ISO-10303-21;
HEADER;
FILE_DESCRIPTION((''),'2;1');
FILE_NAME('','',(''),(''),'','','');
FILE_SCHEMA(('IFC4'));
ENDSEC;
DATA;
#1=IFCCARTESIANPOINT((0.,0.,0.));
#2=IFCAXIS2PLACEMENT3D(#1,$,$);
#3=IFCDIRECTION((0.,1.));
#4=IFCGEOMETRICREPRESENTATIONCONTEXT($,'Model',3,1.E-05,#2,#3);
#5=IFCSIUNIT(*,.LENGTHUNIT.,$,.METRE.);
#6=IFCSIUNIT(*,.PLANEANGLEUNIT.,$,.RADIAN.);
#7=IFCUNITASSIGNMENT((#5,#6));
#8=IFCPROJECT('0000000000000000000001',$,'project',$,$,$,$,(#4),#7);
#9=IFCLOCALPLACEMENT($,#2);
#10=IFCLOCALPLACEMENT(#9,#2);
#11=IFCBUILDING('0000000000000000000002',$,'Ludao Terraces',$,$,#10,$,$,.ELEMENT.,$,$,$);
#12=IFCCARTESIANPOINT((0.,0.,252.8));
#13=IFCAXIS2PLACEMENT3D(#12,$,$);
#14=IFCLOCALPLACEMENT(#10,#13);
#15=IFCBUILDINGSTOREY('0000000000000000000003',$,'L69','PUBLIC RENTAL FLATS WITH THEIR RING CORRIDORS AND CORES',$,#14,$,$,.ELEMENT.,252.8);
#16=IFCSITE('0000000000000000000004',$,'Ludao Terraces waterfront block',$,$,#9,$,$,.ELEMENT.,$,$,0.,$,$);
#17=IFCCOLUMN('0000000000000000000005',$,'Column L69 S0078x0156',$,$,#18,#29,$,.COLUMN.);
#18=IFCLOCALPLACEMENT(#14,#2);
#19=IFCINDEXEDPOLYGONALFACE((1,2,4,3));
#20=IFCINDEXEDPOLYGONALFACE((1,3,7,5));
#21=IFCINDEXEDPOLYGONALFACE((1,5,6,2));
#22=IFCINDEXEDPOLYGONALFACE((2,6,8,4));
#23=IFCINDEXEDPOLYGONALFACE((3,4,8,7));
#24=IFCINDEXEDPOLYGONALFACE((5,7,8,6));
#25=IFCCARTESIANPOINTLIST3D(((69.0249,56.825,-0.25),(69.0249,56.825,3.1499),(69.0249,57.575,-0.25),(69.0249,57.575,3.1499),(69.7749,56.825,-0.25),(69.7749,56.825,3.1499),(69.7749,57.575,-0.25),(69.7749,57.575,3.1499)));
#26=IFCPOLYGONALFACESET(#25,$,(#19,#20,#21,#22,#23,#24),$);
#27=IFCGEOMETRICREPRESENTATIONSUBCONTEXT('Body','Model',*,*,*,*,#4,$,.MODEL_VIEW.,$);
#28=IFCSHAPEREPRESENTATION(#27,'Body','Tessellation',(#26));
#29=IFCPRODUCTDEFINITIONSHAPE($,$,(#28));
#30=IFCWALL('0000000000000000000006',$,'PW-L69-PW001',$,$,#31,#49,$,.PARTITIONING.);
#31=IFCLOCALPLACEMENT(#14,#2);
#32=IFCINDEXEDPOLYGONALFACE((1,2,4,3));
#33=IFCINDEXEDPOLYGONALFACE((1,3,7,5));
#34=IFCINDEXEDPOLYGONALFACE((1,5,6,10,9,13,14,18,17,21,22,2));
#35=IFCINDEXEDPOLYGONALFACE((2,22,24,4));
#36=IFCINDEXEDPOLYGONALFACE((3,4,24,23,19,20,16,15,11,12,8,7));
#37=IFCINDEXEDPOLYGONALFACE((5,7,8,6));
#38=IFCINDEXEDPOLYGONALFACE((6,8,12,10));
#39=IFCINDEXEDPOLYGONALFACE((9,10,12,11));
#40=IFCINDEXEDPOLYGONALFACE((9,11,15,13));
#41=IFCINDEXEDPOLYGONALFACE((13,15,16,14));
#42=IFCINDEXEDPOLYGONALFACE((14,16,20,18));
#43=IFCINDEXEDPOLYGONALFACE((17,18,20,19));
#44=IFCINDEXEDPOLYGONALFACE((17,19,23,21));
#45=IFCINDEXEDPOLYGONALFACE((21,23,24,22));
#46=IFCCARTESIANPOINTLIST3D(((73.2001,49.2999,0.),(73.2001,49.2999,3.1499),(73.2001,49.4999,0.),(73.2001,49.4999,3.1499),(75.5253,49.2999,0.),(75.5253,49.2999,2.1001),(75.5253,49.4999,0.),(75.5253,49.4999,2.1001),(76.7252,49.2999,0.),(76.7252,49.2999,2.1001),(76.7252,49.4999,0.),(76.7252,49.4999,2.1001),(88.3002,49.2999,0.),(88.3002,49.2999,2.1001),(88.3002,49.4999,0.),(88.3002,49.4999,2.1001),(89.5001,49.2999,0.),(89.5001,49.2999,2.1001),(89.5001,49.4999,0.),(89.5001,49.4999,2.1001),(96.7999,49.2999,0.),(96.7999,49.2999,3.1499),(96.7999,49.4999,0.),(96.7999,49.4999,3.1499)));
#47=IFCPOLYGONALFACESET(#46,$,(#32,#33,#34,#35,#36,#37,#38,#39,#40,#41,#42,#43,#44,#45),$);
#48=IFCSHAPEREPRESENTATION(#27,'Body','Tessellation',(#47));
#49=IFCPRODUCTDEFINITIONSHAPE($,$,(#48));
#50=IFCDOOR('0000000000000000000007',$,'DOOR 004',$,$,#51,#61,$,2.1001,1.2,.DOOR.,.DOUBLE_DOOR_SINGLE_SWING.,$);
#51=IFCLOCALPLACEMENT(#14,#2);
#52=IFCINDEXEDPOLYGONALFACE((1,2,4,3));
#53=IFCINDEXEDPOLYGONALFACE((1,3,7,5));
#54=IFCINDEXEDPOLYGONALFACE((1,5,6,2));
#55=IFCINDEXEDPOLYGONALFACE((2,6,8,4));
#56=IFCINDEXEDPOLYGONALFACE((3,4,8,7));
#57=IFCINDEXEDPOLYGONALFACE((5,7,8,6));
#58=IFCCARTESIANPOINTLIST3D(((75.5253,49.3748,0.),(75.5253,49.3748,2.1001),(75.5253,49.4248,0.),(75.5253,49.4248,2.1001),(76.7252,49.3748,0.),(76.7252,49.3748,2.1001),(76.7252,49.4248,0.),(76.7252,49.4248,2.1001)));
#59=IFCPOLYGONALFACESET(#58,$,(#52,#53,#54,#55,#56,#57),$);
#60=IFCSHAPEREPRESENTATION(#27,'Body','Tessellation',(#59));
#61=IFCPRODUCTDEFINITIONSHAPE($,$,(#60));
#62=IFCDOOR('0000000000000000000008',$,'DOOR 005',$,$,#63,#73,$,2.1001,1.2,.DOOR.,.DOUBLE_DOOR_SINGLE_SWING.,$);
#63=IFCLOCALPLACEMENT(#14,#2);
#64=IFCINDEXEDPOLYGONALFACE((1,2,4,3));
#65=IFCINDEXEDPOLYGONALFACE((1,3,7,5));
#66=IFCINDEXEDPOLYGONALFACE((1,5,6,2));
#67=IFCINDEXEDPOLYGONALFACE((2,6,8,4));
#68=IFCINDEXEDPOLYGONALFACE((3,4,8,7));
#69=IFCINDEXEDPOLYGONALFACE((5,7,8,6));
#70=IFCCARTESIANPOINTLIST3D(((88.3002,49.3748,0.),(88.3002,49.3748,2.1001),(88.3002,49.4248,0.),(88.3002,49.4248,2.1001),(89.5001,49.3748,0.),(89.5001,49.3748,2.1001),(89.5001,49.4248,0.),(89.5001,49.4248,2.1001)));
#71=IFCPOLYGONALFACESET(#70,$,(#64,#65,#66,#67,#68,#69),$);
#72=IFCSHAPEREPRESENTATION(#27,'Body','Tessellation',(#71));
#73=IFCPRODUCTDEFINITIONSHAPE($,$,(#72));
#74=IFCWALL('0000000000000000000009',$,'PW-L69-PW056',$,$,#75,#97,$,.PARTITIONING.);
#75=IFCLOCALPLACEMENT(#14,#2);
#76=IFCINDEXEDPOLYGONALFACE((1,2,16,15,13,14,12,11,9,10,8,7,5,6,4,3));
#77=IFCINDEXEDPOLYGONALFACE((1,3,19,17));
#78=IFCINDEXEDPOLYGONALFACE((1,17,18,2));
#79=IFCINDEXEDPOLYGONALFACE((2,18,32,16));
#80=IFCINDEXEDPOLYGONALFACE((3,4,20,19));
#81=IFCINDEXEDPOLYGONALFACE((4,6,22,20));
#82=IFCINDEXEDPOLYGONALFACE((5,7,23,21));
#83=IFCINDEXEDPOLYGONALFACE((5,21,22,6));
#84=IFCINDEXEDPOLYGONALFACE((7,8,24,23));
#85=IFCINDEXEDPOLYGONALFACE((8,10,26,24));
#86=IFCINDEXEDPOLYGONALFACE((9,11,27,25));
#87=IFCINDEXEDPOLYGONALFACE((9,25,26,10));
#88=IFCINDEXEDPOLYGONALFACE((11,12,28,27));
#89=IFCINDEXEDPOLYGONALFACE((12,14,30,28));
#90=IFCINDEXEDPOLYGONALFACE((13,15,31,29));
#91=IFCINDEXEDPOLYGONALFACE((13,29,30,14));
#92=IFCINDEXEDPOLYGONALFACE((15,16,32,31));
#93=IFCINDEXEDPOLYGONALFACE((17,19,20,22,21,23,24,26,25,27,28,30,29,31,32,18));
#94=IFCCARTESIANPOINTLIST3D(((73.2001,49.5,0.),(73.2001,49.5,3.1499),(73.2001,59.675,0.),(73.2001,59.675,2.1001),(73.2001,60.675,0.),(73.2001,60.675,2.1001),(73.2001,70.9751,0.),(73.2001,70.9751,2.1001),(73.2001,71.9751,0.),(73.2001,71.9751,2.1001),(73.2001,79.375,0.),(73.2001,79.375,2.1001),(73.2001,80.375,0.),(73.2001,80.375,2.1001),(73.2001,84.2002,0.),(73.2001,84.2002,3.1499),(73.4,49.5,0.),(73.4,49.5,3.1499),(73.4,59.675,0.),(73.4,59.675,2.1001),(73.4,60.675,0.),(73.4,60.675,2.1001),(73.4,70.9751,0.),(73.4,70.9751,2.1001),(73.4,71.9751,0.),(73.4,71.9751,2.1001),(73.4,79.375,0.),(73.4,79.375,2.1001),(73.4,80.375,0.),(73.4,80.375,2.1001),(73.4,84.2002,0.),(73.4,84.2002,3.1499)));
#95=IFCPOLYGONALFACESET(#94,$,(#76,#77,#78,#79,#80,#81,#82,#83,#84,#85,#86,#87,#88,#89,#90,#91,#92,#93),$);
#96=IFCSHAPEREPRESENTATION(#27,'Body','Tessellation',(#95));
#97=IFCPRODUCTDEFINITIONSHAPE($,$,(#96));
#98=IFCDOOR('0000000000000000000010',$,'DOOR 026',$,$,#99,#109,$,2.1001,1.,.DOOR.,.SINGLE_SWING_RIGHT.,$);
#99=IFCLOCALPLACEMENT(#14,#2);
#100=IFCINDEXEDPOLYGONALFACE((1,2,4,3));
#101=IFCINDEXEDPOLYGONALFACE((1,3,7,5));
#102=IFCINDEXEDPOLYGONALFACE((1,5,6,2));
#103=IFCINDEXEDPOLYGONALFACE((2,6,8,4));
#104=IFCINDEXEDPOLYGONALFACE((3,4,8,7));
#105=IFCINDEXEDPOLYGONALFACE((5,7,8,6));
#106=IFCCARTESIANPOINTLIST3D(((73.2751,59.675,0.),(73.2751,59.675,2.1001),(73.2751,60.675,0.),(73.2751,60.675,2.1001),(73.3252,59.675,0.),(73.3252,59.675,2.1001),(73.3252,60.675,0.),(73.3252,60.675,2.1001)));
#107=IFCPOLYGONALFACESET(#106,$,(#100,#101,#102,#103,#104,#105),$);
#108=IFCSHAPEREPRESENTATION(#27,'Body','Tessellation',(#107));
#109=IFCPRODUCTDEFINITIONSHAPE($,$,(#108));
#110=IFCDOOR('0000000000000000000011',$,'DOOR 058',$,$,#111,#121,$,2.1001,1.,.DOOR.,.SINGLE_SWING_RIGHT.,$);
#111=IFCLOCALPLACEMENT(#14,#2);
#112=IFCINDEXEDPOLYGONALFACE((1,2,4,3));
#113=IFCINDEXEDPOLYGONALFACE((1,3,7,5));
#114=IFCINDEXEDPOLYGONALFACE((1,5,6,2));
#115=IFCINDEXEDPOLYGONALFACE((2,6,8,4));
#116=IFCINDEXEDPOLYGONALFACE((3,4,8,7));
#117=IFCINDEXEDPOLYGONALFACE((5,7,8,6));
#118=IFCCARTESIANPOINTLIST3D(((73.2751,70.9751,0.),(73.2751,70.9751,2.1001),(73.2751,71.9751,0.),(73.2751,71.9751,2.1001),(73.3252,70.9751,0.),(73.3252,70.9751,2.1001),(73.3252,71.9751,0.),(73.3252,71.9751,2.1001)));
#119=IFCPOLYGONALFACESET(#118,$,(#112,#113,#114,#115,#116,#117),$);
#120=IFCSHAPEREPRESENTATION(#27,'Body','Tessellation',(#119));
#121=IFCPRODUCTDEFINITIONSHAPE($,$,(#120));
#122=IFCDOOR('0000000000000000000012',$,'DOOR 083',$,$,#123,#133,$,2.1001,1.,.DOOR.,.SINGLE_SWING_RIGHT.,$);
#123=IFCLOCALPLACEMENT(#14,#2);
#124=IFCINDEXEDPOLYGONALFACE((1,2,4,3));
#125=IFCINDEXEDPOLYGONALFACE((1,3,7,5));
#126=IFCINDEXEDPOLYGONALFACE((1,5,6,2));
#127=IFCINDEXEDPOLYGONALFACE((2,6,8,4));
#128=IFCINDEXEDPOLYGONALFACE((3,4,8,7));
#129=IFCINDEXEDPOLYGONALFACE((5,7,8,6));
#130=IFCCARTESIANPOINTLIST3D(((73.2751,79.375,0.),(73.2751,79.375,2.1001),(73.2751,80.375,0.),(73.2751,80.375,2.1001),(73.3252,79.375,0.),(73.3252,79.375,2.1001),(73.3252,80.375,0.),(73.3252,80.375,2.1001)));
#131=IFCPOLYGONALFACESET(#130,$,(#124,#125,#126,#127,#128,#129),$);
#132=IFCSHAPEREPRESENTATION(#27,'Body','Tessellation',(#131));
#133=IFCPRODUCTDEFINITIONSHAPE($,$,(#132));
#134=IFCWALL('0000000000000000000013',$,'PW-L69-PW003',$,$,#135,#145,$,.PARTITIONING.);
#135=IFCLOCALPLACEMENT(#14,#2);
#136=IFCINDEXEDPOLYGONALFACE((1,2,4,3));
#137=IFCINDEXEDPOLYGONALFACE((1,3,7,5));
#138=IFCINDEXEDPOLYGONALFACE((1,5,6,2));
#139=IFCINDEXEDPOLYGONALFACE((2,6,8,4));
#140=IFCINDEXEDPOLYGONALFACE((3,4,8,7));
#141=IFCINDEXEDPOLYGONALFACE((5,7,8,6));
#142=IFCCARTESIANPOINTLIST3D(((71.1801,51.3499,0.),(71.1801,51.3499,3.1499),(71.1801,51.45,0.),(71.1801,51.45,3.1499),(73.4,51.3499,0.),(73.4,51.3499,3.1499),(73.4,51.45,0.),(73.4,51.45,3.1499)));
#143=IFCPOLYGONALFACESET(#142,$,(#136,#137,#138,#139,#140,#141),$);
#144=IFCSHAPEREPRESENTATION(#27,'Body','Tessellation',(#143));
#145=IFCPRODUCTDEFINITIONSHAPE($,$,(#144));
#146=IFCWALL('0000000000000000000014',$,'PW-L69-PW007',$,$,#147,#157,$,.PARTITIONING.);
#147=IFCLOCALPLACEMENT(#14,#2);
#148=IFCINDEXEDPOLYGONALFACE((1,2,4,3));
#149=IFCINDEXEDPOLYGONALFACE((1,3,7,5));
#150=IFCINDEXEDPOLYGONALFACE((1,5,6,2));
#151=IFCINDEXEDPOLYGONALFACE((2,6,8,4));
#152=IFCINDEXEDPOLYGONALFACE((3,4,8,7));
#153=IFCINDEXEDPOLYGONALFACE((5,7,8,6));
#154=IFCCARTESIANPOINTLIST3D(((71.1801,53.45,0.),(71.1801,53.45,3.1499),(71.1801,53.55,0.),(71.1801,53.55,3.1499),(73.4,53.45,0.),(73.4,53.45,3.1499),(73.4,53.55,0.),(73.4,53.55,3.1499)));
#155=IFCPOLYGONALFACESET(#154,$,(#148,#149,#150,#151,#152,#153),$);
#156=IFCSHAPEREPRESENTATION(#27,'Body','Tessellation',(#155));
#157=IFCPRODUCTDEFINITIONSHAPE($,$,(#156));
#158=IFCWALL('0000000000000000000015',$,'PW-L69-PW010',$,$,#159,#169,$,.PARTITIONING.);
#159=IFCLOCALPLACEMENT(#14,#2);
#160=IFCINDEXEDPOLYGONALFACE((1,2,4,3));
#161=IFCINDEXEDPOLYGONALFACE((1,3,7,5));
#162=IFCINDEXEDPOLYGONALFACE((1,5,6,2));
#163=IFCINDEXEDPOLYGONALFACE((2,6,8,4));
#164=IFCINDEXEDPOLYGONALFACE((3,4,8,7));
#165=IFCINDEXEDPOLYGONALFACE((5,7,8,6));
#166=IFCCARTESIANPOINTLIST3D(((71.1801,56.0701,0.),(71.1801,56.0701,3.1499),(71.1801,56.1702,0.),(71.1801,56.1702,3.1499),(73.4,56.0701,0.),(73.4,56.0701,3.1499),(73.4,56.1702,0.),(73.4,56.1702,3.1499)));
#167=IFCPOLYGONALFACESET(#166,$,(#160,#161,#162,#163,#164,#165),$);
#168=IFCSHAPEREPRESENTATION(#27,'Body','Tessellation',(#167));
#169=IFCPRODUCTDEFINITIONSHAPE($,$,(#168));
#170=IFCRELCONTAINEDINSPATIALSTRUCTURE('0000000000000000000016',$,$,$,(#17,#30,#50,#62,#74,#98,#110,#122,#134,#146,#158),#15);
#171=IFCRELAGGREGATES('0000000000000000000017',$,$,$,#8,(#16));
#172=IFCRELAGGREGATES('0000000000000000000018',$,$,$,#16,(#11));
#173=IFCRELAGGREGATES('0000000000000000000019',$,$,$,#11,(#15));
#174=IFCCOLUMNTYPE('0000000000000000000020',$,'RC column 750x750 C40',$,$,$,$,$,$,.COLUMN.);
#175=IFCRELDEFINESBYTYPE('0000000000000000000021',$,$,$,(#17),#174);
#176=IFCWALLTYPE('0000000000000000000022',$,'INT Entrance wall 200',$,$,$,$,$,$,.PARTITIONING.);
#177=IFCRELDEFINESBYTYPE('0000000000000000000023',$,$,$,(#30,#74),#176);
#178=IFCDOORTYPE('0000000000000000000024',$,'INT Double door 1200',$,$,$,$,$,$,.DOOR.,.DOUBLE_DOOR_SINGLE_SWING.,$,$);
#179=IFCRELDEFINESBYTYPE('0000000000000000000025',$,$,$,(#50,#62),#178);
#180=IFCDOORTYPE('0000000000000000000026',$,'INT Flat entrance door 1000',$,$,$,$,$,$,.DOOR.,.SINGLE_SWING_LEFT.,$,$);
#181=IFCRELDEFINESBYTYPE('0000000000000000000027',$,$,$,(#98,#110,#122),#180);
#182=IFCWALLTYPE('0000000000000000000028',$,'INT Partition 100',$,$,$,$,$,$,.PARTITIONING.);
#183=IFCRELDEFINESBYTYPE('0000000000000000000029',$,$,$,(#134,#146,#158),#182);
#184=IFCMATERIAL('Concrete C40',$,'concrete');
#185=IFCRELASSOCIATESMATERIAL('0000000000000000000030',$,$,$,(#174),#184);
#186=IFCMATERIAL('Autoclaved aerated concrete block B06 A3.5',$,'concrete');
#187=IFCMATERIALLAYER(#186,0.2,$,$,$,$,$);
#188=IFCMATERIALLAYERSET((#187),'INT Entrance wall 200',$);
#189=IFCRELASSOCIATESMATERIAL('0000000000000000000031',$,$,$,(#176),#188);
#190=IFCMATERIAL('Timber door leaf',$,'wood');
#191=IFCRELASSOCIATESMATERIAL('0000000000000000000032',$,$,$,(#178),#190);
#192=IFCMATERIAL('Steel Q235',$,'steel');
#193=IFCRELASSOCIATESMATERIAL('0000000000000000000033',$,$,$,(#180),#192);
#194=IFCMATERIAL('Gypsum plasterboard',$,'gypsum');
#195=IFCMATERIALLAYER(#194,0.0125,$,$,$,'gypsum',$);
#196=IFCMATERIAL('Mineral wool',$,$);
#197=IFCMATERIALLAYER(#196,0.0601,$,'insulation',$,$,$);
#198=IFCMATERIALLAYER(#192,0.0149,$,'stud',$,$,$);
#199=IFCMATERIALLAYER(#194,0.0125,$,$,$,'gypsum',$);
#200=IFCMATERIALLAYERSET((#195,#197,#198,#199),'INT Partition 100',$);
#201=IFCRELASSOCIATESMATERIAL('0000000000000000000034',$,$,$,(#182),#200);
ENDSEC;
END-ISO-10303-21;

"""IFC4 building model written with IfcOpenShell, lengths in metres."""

from ifc_helpers import new_model, si_unit, direction, frame, frame_2d, origin, origin_2d, place, context, subcontext, project, spatial, rectangle, extrude, material, layer, layer_set, material_profile, profile_set, type_object, element, fill, save


model = new_model("IFC4")

# Units and contexts
model_context = context("Model", 3, precision=1e-05, world=origin(), true_north=direction((0.0, 1.0)))
body_context = subcontext(model_context, "Body", "Model", "MODEL_VIEW")
ifc_project = project(units=[si_unit("LENGTHUNIT", "METRE"), si_unit("PLANEANGLEUNIT", "RADIAN")], contexts=[model_context])

# Site, building, storey
site_placement = place(None, origin())
site = spatial("IfcSite", under=ifc_project, at=site_placement, Name="Ludao Terraces waterfront block", CompositionType="ELEMENT", RefElevation=0.0)
building_placement = place(site_placement, origin())
building = spatial("IfcBuilding", under=site, at=building_placement, Name="Ludao Terraces", CompositionType="ELEMENT")
storey_placement = place(building_placement, frame((0.0, 0.0, 252.8)))
storey = spatial("IfcBuildingStorey", under=building, at=storey_placement, Name="L69", Description="PUBLIC RENTAL FLATS WITH THEIR RING CORRIDORS AND CORES", CompositionType="ELEMENT", Elevation=252.8)

# Column
ifc_material_1 = material(Name="Concrete C40", Category="concrete")
ifc_material_profile = material_profile(ifc_material_1, rectangle(XDim=0.75, YDim=0.75, at=origin_2d()), Name="750 X 750")
ifc_profile_set = profile_set([ifc_material_profile], Name="Concrete C40")
column_type = type_object("IfcColumnType", Name="RC column 750x750 C40", PredefinedType="COLUMN", material=ifc_profile_set)
column_placement = place(storey_placement, frame((69.3999, 57.2, -0.25), z_axis=(0.0, 0.0, 1.0), x_axis=(1.0, 0.0, 0.0)))
element("IfcColumn", 1, at=column_placement, inside=storey, type_object=column_type, Name="Column L69 S0078x0156", PredefinedType="COLUMN", context=body_context, shape_type="SweptSolid", body=[
    extrude(rectangle(XDim=0.75, YDim=0.75, at=origin_2d()), origin(), (0.0, 0.0, 1.0), 3.3999),
])

# Walls, openings, doors
ifc_material_2 = material(Name="Autoclaved aerated concrete block B06 A3.5", Category="concrete")
ifc_layer_1 = layer(ifc_material_2, 0.2)
ifc_layer_set_1 = layer_set([ifc_layer_1], Name="INT Entrance wall 200")
wall_type_1 = type_object("IfcWallType", Name="INT Entrance wall 200", PredefinedType="PARTITIONING", material=ifc_layer_set_1)
wall_1_placement = place(storey_placement, frame((73.2002, 49.3999, 0.0), z_axis=(0.0, 0.0, 1.0), x_axis=(1.0, 0.0, 0.0)))
wall_1 = element("IfcWall", 2, at=wall_1_placement, inside=storey, type_object=wall_type_1, Name="PW-L69-PW001", PredefinedType="PARTITIONING", context=body_context, shape_type="SweptSolid", body=[
    extrude(rectangle(XDim=23.5999, YDim=0.2, at=frame_2d((11.7998, 0.0))), origin(), (0.0, 0.0, 1.0), 3.1499),
])
opening_1_placement = place(wall_1_placement, frame((2.325, 0.0, 0.0)))
opening_1 = element("IfcOpeningElement", 3, at=opening_1_placement, cuts=wall_1, PredefinedType="OPENING", context=body_context, shape_type="SweptSolid", body=[
    extrude(rectangle(XDim=1.2, YDim=2.1001, at=frame_2d((0.6001, 1.05))), frame((0.0, 0.1099, 0.0), z_axis=(0.0, -1.0, 0.0), x_axis=(1.0, 0.0, 0.0)), (0.0, 0.0, 1.0), 0.22),
])
opening_2_placement = place(wall_1_placement, frame((15.0999, 0.0, 0.0)))
opening_2 = element("IfcOpeningElement", 4, at=opening_2_placement, cuts=wall_1, PredefinedType="OPENING", context=body_context, shape_type="SweptSolid", body=[
    extrude(rectangle(XDim=1.2, YDim=2.1001, at=frame_2d((0.6001, 1.05))), frame((0.0, 0.1099, 0.0), z_axis=(0.0, -1.0, 0.0), x_axis=(1.0, 0.0, 0.0)), (0.0, 0.0, 1.0), 0.22),
])
ifc_material_3 = material(Name="Timber door leaf", Category="wood")
door_type_1 = type_object("IfcDoorType", Name="INT Double door 1200", OperationType="DOUBLE_DOOR_SINGLE_SWING", PredefinedType="DOOR", material=ifc_material_3)
door_1_placement = place(opening_1_placement, origin())
door_1 = element("IfcDoor", 5, at=door_1_placement, inside=storey, type_object=door_type_1, Name="DOOR 004", OperationType="DOUBLE_DOOR_SINGLE_SWING", OverallHeight=2.1001, OverallWidth=1.2, PredefinedType="DOOR", context=body_context, shape_type="SweptSolid", body=[
    extrude(rectangle(XDim=1.2, YDim=2.1001, at=frame_2d((0.6001, 1.05))), frame((0.0, 0.0249, 0.0), z_axis=(0.0, -1.0, 0.0), x_axis=(1.0, 0.0, 0.0)), (0.0, 0.0, 1.0), 0.05),
])
fill(opening_1, door_1)
door_2_placement = place(opening_2_placement, origin())
door_2 = element("IfcDoor", 6, at=door_2_placement, inside=storey, type_object=door_type_1, Name="DOOR 005", OperationType="DOUBLE_DOOR_SINGLE_SWING", OverallHeight=2.1001, OverallWidth=1.2, PredefinedType="DOOR", context=body_context, shape_type="SweptSolid", body=[
    extrude(rectangle(XDim=1.2, YDim=2.1001, at=frame_2d((0.6001, 1.05))), frame((0.0, 0.0249, 0.0), z_axis=(0.0, -1.0, 0.0), x_axis=(1.0, 0.0, 0.0)), (0.0, 0.0, 1.0), 0.05),
])
fill(opening_2, door_2)
wall_2_placement = place(storey_placement, frame((73.3, 49.5, 0.0), z_axis=(0.0, 0.0, 1.0), x_axis=(0.0, 1.0, 0.0)))
wall_2 = element("IfcWall", 7, at=wall_2_placement, inside=storey, type_object=wall_type_1, Name="PW-L69-PW056", PredefinedType="PARTITIONING", context=body_context, shape_type="SweptSolid", body=[
    extrude(rectangle(XDim=34.7002, YDim=0.2, at=frame_2d((17.3501, 0.0))), origin(), (0.0, 0.0, 1.0), 3.1499),
])
opening_3_placement = place(wall_2_placement, frame((10.175, 0.0, 0.0)))
opening_3 = element("IfcOpeningElement", 8, at=opening_3_placement, cuts=wall_2, PredefinedType="OPENING", context=body_context, shape_type="SweptSolid", body=[
    extrude(rectangle(XDim=1.0, YDim=2.1001, at=frame_2d((0.5, 1.05))), frame((0.0, 0.1099, 0.0), z_axis=(0.0, -1.0, 0.0), x_axis=(1.0, 0.0, 0.0)), (0.0, 0.0, 1.0), 0.22),
])
opening_4_placement = place(wall_2_placement, frame((21.4751, 0.0, 0.0)))
opening_4 = element("IfcOpeningElement", 9, at=opening_4_placement, cuts=wall_2, PredefinedType="OPENING", context=body_context, shape_type="SweptSolid", body=[
    extrude(rectangle(XDim=1.0, YDim=2.1001, at=frame_2d((0.5, 1.05))), frame((0.0, 0.1099, 0.0), z_axis=(0.0, -1.0, 0.0), x_axis=(1.0, 0.0, 0.0)), (0.0, 0.0, 1.0), 0.22),
])
opening_5_placement = place(wall_2_placement, frame((29.875, 0.0, 0.0)))
opening_5 = element("IfcOpeningElement", 10, at=opening_5_placement, cuts=wall_2, PredefinedType="OPENING", context=body_context, shape_type="SweptSolid", body=[
    extrude(rectangle(XDim=1.0, YDim=2.1001, at=frame_2d((0.5, 1.05))), frame((0.0, 0.1099, 0.0), z_axis=(0.0, -1.0, 0.0), x_axis=(1.0, 0.0, 0.0)), (0.0, 0.0, 1.0), 0.22),
])
ifc_material_4 = material(Name="Steel Q235", Category="steel")
door_type_2 = type_object("IfcDoorType", Name="INT Flat entrance door 1000", OperationType="SINGLE_SWING_LEFT", PredefinedType="DOOR", material=ifc_material_4)
door_3_placement = place(opening_3_placement, origin())
door_3 = element("IfcDoor", 11, at=door_3_placement, inside=storey, type_object=door_type_2, Name="DOOR 026", OperationType="SINGLE_SWING_RIGHT", OverallHeight=2.1001, OverallWidth=1.0, PredefinedType="DOOR", context=body_context, shape_type="SweptSolid", body=[
    extrude(rectangle(XDim=1.0, YDim=2.1001, at=frame_2d((0.5, 1.05))), frame((0.0, 0.0249, 0.0), z_axis=(0.0, -1.0, 0.0), x_axis=(1.0, 0.0, 0.0)), (0.0, 0.0, 1.0), 0.05),
])
fill(opening_3, door_3)
door_4_placement = place(opening_4_placement, origin())
door_4 = element("IfcDoor", 12, at=door_4_placement, inside=storey, type_object=door_type_2, Name="DOOR 058", OperationType="SINGLE_SWING_RIGHT", OverallHeight=2.1001, OverallWidth=1.0, PredefinedType="DOOR", context=body_context, shape_type="SweptSolid", body=[
    extrude(rectangle(XDim=1.0, YDim=2.1001, at=frame_2d((0.5, 1.05))), frame((0.0, 0.0249, 0.0), z_axis=(0.0, -1.0, 0.0), x_axis=(1.0, 0.0, 0.0)), (0.0, 0.0, 1.0), 0.05),
])
fill(opening_4, door_4)
door_5_placement = place(opening_5_placement, origin())
door_5 = element("IfcDoor", 13, at=door_5_placement, inside=storey, type_object=door_type_2, Name="DOOR 083", OperationType="SINGLE_SWING_RIGHT", OverallHeight=2.1001, OverallWidth=1.0, PredefinedType="DOOR", context=body_context, shape_type="SweptSolid", body=[
    extrude(rectangle(XDim=1.0, YDim=2.1001, at=frame_2d((0.5, 1.05))), frame((0.0, 0.0249, 0.0), z_axis=(0.0, -1.0, 0.0), x_axis=(1.0, 0.0, 0.0)), (0.0, 0.0, 1.0), 0.05),
])
fill(opening_5, door_5)

# Walls
ifc_material_5 = material(Name="Gypsum plasterboard", Category="gypsum")
ifc_layer_2 = layer(ifc_material_5, 0.0125, Category="gypsum")
ifc_material_6 = material(Name="Mineral wool")
ifc_layer_3 = layer(ifc_material_6, 0.0601, Name="insulation")
ifc_layer_4 = layer(ifc_material_4, 0.0149, Name="stud")
ifc_layer_5 = layer(ifc_material_5, 0.0125, Category="gypsum")
ifc_layer_set_2 = layer_set([ifc_layer_2, ifc_layer_3, ifc_layer_4, ifc_layer_5], Name="INT Partition 100")
wall_type_2 = type_object("IfcWallType", Name="INT Partition 100", PredefinedType="PARTITIONING", material=ifc_layer_set_2)
for number, where, z_axis, x_axis, name in (
    (14, (71.1802, 51.3999, 0.0), (0.0, 0.0, 1.0), (1.0, 0.0, 0.0), "PW-L69-PW003"),
    (15, (71.1802, 53.5, 0.0), (0.0, 0.0, 1.0), (1.0, 0.0, 0.0), "PW-L69-PW007"),
    (16, (71.1802, 56.1201, 0.0), (0.0, 0.0, 1.0), (1.0, 0.0, 0.0), "PW-L69-PW010"),
):
    element("IfcWall", number, at=place(storey_placement, frame(where, z_axis=z_axis, x_axis=x_axis)), inside=storey, type_object=wall_type_2, Name=name, PredefinedType="PARTITIONING", context=body_context, shape_type="SweptSolid", body=[
        extrude(rectangle(XDim=2.22, YDim=0.1001, at=frame_2d((1.1099, 0.0))), origin(), (0.0, 0.0, 1.0), 3.1499),
    ])

save(model, "model.ifc")
